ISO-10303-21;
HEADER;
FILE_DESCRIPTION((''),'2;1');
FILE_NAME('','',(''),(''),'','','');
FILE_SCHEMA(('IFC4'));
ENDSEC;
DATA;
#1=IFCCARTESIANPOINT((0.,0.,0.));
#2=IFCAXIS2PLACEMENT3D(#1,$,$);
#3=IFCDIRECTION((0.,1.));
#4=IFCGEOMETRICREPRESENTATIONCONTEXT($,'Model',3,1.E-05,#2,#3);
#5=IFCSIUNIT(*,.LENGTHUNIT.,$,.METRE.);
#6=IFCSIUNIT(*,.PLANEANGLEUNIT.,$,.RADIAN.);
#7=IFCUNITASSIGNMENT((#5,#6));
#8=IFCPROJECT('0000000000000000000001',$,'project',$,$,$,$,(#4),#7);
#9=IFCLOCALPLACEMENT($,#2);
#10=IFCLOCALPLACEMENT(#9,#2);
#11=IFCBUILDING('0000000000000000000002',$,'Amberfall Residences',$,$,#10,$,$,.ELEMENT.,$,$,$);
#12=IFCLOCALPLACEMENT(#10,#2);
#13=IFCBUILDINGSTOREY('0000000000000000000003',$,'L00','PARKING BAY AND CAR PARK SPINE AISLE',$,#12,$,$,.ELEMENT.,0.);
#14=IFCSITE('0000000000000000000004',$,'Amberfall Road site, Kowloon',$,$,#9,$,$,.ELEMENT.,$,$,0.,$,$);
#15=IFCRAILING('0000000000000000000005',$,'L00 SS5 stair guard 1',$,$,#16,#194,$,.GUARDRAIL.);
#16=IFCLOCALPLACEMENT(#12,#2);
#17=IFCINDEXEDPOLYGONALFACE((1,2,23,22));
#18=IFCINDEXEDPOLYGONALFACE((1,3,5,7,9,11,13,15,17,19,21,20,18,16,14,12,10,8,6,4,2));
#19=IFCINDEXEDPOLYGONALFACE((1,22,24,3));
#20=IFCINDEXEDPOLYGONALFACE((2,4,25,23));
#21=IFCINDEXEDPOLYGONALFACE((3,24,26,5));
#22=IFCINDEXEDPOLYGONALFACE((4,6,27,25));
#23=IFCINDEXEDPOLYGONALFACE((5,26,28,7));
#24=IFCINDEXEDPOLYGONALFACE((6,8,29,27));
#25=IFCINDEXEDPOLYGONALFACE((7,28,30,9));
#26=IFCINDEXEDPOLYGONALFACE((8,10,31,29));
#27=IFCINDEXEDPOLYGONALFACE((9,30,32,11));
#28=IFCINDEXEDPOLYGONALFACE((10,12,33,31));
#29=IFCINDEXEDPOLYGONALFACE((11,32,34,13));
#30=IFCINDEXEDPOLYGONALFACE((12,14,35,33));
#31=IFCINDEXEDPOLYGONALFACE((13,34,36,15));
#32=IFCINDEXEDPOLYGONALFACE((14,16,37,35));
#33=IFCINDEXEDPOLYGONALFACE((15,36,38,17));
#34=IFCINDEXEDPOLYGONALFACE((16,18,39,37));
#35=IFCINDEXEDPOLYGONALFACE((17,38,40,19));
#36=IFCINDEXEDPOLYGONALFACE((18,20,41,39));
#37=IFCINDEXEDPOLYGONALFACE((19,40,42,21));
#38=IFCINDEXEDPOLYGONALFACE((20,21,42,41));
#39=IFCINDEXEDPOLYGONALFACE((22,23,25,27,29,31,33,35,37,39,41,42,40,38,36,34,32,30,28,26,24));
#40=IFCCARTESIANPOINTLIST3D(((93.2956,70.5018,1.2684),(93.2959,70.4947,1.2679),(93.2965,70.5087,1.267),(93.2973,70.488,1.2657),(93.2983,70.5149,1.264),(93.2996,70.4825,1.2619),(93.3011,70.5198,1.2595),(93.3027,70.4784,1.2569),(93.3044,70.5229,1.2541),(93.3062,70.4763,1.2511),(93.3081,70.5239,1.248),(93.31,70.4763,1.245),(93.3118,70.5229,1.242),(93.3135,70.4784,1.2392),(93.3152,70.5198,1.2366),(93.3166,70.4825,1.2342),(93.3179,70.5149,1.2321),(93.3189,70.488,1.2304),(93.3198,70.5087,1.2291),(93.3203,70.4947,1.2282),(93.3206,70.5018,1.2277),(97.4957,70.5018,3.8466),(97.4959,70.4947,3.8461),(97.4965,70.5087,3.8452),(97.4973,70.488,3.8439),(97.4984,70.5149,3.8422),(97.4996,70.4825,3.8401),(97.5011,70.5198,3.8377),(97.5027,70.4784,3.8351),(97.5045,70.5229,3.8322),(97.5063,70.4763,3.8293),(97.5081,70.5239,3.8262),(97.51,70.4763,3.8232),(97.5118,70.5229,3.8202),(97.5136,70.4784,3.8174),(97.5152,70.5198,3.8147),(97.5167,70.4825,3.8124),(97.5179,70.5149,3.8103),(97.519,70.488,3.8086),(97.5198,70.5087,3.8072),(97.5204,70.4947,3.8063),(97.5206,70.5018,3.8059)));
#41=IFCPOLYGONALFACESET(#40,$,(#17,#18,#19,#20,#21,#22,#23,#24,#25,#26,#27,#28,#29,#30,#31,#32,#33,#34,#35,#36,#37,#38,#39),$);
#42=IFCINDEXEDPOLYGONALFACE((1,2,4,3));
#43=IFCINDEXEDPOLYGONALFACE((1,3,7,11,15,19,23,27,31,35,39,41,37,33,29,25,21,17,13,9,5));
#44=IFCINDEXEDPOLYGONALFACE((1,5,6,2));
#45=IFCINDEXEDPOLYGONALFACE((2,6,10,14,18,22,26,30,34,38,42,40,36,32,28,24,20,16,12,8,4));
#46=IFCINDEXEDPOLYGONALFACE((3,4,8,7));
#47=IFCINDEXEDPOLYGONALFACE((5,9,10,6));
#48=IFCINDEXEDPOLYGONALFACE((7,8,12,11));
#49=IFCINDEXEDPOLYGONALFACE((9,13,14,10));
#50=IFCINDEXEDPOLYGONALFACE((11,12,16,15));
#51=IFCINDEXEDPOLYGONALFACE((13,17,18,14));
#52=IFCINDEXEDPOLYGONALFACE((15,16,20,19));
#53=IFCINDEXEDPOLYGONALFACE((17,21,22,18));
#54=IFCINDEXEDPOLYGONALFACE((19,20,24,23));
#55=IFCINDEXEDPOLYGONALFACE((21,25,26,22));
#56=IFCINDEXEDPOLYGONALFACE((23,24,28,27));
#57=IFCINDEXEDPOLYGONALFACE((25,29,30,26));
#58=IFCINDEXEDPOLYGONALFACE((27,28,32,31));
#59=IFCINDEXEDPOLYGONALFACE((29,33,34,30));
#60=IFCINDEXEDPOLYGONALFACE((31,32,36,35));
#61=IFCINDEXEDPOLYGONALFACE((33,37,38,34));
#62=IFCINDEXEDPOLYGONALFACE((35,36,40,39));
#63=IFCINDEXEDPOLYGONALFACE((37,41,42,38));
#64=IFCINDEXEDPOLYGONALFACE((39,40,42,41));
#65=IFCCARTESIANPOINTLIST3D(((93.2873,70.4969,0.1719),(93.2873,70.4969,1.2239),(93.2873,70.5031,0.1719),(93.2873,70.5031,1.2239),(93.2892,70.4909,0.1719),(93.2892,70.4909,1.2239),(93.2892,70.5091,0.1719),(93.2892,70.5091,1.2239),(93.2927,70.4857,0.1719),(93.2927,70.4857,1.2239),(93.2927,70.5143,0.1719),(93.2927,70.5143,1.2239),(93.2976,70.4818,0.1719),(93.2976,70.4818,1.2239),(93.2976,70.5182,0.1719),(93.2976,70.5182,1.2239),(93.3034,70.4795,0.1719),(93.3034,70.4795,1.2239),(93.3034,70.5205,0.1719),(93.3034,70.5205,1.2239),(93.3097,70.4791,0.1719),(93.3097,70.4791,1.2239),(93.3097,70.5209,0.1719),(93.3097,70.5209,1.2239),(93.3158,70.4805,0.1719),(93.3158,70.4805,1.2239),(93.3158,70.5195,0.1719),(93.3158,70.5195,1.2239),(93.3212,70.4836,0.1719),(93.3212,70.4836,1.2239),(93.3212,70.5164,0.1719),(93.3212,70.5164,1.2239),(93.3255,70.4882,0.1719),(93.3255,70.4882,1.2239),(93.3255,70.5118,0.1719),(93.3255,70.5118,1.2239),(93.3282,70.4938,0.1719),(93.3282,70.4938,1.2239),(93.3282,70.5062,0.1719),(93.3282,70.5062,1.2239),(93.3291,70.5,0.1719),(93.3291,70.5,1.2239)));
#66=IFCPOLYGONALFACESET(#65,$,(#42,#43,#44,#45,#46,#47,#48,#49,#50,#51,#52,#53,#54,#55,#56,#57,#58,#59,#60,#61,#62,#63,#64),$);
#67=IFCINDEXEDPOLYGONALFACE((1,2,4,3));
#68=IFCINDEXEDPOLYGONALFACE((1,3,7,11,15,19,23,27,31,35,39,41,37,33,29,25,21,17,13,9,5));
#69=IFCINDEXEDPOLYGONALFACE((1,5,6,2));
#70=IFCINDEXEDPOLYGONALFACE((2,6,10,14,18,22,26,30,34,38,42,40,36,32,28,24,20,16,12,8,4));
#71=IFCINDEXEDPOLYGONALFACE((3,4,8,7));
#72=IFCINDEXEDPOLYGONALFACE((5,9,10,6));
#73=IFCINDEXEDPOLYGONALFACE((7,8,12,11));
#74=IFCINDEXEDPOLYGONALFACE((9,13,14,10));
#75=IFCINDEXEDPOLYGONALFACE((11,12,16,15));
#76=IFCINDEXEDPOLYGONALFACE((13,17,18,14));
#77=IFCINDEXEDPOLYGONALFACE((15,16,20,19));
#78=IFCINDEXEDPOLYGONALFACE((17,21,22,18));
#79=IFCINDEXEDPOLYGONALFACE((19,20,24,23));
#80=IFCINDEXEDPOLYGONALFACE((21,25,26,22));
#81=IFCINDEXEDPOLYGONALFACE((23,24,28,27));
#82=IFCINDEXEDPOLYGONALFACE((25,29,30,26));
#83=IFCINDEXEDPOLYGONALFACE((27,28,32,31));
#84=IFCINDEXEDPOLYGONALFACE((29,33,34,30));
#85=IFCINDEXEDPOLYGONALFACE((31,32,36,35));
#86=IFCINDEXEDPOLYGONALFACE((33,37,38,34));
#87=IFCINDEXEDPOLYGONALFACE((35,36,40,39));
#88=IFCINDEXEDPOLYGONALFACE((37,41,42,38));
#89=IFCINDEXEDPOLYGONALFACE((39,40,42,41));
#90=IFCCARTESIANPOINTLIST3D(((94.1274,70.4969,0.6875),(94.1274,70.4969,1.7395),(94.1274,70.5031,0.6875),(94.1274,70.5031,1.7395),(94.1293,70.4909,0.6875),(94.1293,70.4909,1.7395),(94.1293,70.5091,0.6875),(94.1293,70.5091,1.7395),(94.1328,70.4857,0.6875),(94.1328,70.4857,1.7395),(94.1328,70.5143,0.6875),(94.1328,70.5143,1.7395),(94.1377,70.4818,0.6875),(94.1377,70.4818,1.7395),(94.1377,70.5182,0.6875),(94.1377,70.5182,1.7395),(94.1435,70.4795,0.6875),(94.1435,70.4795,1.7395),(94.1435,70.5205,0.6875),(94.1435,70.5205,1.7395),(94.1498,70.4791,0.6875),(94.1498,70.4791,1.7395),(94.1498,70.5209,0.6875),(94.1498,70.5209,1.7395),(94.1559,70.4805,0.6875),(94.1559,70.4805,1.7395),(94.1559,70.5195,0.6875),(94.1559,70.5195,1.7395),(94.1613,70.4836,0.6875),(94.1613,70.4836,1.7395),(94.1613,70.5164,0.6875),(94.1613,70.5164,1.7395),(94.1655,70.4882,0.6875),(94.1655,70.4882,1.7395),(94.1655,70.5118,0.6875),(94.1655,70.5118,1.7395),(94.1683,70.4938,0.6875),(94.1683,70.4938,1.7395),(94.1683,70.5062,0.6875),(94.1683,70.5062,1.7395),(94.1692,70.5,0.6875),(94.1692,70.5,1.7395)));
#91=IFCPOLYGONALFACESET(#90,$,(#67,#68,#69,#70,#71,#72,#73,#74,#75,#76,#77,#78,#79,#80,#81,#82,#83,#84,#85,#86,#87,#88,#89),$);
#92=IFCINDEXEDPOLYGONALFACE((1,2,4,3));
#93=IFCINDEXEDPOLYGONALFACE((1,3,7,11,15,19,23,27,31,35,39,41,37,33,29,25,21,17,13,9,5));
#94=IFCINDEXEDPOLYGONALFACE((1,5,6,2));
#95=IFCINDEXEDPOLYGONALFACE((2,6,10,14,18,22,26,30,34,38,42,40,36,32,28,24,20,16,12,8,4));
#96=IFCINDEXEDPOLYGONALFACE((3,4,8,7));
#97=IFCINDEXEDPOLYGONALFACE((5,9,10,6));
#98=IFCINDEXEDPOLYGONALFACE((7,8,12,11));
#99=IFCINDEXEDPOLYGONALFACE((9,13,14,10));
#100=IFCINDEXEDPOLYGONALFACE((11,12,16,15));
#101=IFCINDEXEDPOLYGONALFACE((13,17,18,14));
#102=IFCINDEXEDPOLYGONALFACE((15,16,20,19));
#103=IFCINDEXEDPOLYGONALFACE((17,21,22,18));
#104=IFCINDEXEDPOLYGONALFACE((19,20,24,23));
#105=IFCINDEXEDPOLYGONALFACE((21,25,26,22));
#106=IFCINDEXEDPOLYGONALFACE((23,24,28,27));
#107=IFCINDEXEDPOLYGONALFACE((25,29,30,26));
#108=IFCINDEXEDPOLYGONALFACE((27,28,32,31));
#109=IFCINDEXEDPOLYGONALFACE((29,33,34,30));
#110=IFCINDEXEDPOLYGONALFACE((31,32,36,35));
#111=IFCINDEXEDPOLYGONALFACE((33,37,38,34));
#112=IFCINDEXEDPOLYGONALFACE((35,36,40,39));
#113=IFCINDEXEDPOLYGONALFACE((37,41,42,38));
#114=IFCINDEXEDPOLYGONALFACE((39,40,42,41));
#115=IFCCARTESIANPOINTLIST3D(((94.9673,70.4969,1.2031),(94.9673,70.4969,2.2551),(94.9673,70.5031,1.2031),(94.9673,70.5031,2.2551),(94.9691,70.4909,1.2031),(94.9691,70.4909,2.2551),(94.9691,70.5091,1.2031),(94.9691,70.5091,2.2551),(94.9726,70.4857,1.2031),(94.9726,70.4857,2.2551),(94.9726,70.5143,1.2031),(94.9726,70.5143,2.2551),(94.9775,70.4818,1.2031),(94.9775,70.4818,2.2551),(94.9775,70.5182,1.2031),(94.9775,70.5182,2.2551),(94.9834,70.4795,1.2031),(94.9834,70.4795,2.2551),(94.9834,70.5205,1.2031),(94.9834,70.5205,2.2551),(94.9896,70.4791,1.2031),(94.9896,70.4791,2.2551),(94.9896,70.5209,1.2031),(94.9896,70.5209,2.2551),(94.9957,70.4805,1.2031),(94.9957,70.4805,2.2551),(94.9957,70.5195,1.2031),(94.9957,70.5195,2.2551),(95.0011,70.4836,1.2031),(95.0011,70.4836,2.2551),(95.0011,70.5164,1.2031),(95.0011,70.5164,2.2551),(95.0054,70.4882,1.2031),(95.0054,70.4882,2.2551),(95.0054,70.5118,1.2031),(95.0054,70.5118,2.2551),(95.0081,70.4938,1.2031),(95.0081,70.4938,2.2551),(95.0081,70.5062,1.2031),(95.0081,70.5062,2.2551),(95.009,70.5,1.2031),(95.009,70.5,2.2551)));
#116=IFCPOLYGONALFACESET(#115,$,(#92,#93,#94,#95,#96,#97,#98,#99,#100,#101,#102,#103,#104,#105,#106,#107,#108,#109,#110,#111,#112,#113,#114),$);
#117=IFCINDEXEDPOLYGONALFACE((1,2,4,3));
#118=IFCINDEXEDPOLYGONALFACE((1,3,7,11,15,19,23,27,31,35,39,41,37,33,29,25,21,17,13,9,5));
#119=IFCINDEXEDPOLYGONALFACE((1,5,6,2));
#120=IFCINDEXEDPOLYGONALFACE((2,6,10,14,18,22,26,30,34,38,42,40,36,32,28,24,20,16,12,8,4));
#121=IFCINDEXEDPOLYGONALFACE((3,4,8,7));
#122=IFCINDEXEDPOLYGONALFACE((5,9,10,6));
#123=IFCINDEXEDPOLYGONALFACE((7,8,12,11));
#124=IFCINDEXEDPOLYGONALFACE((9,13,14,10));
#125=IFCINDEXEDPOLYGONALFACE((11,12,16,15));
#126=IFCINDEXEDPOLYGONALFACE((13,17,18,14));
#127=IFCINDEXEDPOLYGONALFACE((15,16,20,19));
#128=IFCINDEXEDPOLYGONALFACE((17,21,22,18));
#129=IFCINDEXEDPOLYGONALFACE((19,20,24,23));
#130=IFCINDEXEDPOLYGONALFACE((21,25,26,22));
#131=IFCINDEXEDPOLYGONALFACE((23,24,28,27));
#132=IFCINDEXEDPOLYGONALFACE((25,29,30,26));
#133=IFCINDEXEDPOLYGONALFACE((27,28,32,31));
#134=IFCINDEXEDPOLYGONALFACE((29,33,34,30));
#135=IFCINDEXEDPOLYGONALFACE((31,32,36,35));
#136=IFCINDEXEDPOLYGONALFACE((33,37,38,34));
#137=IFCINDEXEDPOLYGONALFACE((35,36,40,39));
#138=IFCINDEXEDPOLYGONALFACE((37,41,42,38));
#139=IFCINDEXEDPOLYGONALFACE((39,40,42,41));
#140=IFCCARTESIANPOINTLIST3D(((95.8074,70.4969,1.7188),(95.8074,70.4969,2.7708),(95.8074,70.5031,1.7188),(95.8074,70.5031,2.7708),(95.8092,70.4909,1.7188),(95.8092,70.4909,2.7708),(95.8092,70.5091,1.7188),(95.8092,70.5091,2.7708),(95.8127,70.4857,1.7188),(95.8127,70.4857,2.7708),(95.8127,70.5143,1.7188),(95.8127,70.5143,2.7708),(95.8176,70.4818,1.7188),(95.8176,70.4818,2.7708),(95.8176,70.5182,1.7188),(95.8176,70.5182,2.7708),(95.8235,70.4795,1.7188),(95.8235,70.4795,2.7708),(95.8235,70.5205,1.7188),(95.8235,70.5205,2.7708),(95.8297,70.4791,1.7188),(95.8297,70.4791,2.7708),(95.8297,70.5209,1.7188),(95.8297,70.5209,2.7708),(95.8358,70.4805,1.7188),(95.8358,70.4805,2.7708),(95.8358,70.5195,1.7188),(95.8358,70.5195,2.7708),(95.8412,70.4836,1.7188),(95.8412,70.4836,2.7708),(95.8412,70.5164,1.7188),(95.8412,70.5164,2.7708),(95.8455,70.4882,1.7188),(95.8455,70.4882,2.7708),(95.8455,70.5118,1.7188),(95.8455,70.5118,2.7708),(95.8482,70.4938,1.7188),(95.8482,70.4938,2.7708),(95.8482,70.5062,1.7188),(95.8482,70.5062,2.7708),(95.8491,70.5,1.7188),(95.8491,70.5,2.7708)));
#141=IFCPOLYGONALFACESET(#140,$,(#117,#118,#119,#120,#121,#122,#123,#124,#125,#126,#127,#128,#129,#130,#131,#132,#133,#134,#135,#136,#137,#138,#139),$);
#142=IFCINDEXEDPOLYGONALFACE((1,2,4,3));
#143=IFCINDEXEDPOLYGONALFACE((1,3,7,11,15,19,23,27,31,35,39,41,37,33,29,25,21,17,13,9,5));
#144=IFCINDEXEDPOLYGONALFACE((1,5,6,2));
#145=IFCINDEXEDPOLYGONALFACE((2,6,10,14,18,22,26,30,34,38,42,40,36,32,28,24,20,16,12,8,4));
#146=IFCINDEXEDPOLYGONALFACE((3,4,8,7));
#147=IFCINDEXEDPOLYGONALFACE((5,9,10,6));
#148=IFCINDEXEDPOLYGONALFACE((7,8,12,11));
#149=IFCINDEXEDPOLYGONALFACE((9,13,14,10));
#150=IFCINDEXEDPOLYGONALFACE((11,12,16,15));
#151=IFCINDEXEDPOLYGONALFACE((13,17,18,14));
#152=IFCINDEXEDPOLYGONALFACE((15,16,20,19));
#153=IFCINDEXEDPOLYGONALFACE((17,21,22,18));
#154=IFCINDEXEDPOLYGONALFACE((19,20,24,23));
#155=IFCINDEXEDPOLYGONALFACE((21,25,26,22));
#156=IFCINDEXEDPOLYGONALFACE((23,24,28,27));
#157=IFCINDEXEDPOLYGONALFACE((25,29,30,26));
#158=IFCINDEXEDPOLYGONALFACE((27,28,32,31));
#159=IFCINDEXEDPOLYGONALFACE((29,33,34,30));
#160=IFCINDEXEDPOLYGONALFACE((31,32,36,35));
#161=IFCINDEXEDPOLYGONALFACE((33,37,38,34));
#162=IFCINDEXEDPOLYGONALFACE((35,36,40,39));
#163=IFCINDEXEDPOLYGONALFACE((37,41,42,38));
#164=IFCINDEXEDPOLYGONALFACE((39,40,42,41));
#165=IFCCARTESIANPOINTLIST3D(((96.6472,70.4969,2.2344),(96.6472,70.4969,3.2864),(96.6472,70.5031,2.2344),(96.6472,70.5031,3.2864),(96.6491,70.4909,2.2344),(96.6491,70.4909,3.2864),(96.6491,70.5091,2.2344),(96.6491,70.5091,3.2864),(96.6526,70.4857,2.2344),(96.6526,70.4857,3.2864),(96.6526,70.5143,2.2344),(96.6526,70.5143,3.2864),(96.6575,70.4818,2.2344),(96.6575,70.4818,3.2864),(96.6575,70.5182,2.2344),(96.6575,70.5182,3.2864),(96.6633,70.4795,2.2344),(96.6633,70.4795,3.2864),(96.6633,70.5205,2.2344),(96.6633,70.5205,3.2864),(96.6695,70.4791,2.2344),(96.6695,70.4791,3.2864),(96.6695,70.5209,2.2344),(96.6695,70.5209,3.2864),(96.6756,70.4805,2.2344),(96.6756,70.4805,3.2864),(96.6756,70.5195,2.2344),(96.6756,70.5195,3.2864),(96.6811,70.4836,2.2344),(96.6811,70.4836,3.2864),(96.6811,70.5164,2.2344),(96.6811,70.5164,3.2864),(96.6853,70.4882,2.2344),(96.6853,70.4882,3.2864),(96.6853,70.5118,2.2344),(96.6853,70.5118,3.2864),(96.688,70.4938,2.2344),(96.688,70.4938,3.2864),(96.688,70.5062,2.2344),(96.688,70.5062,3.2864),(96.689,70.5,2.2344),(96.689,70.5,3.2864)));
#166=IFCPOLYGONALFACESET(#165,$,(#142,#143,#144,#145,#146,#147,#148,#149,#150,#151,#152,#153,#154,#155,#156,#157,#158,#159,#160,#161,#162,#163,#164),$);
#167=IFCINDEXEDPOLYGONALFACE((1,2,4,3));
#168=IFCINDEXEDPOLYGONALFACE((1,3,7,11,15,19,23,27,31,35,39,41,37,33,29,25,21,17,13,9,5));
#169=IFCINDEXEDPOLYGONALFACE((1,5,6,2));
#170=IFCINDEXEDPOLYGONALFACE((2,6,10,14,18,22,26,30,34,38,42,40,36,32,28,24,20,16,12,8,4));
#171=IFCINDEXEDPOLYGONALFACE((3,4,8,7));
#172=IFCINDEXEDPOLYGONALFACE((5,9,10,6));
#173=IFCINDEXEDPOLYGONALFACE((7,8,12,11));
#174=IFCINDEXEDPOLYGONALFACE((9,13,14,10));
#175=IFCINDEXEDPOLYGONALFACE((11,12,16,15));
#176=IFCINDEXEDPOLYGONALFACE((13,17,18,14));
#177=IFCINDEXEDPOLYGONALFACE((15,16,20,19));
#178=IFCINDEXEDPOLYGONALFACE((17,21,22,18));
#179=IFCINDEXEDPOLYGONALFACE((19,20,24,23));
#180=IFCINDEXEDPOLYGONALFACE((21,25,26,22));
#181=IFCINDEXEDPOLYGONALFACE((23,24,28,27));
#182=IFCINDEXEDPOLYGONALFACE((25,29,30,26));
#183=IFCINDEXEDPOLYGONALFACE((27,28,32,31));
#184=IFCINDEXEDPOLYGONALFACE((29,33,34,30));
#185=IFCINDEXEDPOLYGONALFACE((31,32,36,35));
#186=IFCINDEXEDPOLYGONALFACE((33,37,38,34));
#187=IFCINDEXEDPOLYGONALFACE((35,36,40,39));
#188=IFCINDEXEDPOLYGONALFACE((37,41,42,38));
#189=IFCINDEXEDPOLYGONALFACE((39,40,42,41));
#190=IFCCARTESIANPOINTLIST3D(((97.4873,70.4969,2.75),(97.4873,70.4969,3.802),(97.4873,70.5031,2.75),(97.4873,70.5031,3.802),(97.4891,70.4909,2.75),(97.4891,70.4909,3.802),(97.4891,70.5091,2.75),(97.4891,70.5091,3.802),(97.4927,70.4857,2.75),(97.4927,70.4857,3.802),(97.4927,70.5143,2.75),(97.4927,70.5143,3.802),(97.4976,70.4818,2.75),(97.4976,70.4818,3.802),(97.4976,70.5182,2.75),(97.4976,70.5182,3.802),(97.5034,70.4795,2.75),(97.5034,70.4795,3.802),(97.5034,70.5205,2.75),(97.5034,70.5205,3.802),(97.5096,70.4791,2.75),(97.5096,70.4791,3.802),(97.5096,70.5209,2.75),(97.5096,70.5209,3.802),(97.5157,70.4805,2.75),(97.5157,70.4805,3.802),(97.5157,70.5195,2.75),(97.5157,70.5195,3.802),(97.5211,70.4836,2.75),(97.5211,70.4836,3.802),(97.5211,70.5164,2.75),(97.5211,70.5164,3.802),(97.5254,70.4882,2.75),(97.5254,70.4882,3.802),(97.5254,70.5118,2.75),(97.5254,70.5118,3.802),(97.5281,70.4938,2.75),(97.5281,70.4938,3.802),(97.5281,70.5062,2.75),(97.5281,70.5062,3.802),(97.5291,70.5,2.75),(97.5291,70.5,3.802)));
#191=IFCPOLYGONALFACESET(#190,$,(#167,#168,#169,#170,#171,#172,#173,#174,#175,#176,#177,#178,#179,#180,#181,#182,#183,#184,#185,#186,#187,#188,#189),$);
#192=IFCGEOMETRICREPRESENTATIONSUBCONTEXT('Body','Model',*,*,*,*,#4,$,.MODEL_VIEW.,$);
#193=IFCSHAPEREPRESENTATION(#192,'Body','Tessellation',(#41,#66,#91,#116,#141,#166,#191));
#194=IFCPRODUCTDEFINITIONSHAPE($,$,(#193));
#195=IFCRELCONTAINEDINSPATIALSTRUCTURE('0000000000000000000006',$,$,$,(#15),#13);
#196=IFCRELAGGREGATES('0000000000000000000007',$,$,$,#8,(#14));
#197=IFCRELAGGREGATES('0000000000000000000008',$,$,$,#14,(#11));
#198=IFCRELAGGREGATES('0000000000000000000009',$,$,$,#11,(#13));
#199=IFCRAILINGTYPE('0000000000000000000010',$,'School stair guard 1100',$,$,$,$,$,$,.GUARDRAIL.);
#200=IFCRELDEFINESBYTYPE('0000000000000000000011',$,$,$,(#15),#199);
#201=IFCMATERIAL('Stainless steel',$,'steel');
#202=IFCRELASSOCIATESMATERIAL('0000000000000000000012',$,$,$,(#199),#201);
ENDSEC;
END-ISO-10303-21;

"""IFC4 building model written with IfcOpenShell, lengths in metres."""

from ifc_helpers import new_model, si_unit, direction, frame, origin, origin_2d, place, context, subcontext, project, spatial, circle, extrude, material, type_object, element, save


model = new_model("IFC4")

# Units and contexts
model_context = context("Model", 3, precision=1e-05, world=origin(), true_north=direction((0.0, 1.0)))
body_context = subcontext(model_context, "Body", "Model", "MODEL_VIEW")
ifc_project = project(units=[si_unit("LENGTHUNIT", "METRE"), si_unit("PLANEANGLEUNIT", "RADIAN")], contexts=[model_context])

# Site, building, storey
site_placement = place(None, origin())
site = spatial("IfcSite", under=ifc_project, at=site_placement, Name="Amberfall Road site, Kowloon", CompositionType="ELEMENT", RefElevation=0.0)
building_placement = place(site_placement, origin())
building = spatial("IfcBuilding", under=site, at=building_placement, Name="Amberfall Residences", CompositionType="ELEMENT")
storey_placement = place(building_placement, origin())
storey = spatial("IfcBuildingStorey", under=building, at=storey_placement, Name="L00", Description="PARKING BAY AND CAR PARK SPINE AISLE", CompositionType="ELEMENT", Elevation=0.0)

# Railing
ifc_material_1 = material(Name="Stainless steel", Category="steel")
railing_type_1 = type_object("IfcRailingType", Name="School stair guard 1100", PredefinedType="GUARDRAIL", material=ifc_material_1)
railing_1_placement = place(storey_placement, frame((93.3081, 70.5, 0.1719)))
element("IfcRailing", 1, at=railing_1_placement, inside=storey, type_object=railing_type_1, Name="L00 SS5 stair guard 1", PredefinedType="GUARDRAIL", context=body_context, shape_type="SweptSolid", body=[
    extrude(circle(Radius=0.0239, at=origin_2d()), frame((0.0, 0.0, 1.0762), z_axis=(0.852243, 0.0, 0.523146), x_axis=(0.0, 1.0, 0.0)), (0.0, 0.0, 1.0), 4.9282),
    extrude(circle(Radius=0.021, at=origin_2d()), origin(), (0.0, 0.0, 1.0), 1.052),
    extrude(circle(Radius=0.021, at=origin_2d()), frame((0.8401, 0.0, 0.5156)), (0.0, 0.0, 1.0), 1.052),
    extrude(circle(Radius=0.021, at=origin_2d()), frame((1.6799, 0.0, 1.0312)), (0.0, 0.0, 1.0), 1.052),
    extrude(circle(Radius=0.021, at=origin_2d()), frame((2.52, 0.0, 1.5469)), (0.0, 0.0, 1.0), 1.052),
    extrude(circle(Radius=0.021, at=origin_2d()), frame((3.3599, 0.0, 2.0625)), (0.0, 0.0, 1.0), 1.052),
    extrude(circle(Radius=0.021, at=origin_2d()), frame((4.2, 0.0, 2.5781)), (0.0, 0.0, 1.0), 1.052),
])

save(model, "model.ifc")
